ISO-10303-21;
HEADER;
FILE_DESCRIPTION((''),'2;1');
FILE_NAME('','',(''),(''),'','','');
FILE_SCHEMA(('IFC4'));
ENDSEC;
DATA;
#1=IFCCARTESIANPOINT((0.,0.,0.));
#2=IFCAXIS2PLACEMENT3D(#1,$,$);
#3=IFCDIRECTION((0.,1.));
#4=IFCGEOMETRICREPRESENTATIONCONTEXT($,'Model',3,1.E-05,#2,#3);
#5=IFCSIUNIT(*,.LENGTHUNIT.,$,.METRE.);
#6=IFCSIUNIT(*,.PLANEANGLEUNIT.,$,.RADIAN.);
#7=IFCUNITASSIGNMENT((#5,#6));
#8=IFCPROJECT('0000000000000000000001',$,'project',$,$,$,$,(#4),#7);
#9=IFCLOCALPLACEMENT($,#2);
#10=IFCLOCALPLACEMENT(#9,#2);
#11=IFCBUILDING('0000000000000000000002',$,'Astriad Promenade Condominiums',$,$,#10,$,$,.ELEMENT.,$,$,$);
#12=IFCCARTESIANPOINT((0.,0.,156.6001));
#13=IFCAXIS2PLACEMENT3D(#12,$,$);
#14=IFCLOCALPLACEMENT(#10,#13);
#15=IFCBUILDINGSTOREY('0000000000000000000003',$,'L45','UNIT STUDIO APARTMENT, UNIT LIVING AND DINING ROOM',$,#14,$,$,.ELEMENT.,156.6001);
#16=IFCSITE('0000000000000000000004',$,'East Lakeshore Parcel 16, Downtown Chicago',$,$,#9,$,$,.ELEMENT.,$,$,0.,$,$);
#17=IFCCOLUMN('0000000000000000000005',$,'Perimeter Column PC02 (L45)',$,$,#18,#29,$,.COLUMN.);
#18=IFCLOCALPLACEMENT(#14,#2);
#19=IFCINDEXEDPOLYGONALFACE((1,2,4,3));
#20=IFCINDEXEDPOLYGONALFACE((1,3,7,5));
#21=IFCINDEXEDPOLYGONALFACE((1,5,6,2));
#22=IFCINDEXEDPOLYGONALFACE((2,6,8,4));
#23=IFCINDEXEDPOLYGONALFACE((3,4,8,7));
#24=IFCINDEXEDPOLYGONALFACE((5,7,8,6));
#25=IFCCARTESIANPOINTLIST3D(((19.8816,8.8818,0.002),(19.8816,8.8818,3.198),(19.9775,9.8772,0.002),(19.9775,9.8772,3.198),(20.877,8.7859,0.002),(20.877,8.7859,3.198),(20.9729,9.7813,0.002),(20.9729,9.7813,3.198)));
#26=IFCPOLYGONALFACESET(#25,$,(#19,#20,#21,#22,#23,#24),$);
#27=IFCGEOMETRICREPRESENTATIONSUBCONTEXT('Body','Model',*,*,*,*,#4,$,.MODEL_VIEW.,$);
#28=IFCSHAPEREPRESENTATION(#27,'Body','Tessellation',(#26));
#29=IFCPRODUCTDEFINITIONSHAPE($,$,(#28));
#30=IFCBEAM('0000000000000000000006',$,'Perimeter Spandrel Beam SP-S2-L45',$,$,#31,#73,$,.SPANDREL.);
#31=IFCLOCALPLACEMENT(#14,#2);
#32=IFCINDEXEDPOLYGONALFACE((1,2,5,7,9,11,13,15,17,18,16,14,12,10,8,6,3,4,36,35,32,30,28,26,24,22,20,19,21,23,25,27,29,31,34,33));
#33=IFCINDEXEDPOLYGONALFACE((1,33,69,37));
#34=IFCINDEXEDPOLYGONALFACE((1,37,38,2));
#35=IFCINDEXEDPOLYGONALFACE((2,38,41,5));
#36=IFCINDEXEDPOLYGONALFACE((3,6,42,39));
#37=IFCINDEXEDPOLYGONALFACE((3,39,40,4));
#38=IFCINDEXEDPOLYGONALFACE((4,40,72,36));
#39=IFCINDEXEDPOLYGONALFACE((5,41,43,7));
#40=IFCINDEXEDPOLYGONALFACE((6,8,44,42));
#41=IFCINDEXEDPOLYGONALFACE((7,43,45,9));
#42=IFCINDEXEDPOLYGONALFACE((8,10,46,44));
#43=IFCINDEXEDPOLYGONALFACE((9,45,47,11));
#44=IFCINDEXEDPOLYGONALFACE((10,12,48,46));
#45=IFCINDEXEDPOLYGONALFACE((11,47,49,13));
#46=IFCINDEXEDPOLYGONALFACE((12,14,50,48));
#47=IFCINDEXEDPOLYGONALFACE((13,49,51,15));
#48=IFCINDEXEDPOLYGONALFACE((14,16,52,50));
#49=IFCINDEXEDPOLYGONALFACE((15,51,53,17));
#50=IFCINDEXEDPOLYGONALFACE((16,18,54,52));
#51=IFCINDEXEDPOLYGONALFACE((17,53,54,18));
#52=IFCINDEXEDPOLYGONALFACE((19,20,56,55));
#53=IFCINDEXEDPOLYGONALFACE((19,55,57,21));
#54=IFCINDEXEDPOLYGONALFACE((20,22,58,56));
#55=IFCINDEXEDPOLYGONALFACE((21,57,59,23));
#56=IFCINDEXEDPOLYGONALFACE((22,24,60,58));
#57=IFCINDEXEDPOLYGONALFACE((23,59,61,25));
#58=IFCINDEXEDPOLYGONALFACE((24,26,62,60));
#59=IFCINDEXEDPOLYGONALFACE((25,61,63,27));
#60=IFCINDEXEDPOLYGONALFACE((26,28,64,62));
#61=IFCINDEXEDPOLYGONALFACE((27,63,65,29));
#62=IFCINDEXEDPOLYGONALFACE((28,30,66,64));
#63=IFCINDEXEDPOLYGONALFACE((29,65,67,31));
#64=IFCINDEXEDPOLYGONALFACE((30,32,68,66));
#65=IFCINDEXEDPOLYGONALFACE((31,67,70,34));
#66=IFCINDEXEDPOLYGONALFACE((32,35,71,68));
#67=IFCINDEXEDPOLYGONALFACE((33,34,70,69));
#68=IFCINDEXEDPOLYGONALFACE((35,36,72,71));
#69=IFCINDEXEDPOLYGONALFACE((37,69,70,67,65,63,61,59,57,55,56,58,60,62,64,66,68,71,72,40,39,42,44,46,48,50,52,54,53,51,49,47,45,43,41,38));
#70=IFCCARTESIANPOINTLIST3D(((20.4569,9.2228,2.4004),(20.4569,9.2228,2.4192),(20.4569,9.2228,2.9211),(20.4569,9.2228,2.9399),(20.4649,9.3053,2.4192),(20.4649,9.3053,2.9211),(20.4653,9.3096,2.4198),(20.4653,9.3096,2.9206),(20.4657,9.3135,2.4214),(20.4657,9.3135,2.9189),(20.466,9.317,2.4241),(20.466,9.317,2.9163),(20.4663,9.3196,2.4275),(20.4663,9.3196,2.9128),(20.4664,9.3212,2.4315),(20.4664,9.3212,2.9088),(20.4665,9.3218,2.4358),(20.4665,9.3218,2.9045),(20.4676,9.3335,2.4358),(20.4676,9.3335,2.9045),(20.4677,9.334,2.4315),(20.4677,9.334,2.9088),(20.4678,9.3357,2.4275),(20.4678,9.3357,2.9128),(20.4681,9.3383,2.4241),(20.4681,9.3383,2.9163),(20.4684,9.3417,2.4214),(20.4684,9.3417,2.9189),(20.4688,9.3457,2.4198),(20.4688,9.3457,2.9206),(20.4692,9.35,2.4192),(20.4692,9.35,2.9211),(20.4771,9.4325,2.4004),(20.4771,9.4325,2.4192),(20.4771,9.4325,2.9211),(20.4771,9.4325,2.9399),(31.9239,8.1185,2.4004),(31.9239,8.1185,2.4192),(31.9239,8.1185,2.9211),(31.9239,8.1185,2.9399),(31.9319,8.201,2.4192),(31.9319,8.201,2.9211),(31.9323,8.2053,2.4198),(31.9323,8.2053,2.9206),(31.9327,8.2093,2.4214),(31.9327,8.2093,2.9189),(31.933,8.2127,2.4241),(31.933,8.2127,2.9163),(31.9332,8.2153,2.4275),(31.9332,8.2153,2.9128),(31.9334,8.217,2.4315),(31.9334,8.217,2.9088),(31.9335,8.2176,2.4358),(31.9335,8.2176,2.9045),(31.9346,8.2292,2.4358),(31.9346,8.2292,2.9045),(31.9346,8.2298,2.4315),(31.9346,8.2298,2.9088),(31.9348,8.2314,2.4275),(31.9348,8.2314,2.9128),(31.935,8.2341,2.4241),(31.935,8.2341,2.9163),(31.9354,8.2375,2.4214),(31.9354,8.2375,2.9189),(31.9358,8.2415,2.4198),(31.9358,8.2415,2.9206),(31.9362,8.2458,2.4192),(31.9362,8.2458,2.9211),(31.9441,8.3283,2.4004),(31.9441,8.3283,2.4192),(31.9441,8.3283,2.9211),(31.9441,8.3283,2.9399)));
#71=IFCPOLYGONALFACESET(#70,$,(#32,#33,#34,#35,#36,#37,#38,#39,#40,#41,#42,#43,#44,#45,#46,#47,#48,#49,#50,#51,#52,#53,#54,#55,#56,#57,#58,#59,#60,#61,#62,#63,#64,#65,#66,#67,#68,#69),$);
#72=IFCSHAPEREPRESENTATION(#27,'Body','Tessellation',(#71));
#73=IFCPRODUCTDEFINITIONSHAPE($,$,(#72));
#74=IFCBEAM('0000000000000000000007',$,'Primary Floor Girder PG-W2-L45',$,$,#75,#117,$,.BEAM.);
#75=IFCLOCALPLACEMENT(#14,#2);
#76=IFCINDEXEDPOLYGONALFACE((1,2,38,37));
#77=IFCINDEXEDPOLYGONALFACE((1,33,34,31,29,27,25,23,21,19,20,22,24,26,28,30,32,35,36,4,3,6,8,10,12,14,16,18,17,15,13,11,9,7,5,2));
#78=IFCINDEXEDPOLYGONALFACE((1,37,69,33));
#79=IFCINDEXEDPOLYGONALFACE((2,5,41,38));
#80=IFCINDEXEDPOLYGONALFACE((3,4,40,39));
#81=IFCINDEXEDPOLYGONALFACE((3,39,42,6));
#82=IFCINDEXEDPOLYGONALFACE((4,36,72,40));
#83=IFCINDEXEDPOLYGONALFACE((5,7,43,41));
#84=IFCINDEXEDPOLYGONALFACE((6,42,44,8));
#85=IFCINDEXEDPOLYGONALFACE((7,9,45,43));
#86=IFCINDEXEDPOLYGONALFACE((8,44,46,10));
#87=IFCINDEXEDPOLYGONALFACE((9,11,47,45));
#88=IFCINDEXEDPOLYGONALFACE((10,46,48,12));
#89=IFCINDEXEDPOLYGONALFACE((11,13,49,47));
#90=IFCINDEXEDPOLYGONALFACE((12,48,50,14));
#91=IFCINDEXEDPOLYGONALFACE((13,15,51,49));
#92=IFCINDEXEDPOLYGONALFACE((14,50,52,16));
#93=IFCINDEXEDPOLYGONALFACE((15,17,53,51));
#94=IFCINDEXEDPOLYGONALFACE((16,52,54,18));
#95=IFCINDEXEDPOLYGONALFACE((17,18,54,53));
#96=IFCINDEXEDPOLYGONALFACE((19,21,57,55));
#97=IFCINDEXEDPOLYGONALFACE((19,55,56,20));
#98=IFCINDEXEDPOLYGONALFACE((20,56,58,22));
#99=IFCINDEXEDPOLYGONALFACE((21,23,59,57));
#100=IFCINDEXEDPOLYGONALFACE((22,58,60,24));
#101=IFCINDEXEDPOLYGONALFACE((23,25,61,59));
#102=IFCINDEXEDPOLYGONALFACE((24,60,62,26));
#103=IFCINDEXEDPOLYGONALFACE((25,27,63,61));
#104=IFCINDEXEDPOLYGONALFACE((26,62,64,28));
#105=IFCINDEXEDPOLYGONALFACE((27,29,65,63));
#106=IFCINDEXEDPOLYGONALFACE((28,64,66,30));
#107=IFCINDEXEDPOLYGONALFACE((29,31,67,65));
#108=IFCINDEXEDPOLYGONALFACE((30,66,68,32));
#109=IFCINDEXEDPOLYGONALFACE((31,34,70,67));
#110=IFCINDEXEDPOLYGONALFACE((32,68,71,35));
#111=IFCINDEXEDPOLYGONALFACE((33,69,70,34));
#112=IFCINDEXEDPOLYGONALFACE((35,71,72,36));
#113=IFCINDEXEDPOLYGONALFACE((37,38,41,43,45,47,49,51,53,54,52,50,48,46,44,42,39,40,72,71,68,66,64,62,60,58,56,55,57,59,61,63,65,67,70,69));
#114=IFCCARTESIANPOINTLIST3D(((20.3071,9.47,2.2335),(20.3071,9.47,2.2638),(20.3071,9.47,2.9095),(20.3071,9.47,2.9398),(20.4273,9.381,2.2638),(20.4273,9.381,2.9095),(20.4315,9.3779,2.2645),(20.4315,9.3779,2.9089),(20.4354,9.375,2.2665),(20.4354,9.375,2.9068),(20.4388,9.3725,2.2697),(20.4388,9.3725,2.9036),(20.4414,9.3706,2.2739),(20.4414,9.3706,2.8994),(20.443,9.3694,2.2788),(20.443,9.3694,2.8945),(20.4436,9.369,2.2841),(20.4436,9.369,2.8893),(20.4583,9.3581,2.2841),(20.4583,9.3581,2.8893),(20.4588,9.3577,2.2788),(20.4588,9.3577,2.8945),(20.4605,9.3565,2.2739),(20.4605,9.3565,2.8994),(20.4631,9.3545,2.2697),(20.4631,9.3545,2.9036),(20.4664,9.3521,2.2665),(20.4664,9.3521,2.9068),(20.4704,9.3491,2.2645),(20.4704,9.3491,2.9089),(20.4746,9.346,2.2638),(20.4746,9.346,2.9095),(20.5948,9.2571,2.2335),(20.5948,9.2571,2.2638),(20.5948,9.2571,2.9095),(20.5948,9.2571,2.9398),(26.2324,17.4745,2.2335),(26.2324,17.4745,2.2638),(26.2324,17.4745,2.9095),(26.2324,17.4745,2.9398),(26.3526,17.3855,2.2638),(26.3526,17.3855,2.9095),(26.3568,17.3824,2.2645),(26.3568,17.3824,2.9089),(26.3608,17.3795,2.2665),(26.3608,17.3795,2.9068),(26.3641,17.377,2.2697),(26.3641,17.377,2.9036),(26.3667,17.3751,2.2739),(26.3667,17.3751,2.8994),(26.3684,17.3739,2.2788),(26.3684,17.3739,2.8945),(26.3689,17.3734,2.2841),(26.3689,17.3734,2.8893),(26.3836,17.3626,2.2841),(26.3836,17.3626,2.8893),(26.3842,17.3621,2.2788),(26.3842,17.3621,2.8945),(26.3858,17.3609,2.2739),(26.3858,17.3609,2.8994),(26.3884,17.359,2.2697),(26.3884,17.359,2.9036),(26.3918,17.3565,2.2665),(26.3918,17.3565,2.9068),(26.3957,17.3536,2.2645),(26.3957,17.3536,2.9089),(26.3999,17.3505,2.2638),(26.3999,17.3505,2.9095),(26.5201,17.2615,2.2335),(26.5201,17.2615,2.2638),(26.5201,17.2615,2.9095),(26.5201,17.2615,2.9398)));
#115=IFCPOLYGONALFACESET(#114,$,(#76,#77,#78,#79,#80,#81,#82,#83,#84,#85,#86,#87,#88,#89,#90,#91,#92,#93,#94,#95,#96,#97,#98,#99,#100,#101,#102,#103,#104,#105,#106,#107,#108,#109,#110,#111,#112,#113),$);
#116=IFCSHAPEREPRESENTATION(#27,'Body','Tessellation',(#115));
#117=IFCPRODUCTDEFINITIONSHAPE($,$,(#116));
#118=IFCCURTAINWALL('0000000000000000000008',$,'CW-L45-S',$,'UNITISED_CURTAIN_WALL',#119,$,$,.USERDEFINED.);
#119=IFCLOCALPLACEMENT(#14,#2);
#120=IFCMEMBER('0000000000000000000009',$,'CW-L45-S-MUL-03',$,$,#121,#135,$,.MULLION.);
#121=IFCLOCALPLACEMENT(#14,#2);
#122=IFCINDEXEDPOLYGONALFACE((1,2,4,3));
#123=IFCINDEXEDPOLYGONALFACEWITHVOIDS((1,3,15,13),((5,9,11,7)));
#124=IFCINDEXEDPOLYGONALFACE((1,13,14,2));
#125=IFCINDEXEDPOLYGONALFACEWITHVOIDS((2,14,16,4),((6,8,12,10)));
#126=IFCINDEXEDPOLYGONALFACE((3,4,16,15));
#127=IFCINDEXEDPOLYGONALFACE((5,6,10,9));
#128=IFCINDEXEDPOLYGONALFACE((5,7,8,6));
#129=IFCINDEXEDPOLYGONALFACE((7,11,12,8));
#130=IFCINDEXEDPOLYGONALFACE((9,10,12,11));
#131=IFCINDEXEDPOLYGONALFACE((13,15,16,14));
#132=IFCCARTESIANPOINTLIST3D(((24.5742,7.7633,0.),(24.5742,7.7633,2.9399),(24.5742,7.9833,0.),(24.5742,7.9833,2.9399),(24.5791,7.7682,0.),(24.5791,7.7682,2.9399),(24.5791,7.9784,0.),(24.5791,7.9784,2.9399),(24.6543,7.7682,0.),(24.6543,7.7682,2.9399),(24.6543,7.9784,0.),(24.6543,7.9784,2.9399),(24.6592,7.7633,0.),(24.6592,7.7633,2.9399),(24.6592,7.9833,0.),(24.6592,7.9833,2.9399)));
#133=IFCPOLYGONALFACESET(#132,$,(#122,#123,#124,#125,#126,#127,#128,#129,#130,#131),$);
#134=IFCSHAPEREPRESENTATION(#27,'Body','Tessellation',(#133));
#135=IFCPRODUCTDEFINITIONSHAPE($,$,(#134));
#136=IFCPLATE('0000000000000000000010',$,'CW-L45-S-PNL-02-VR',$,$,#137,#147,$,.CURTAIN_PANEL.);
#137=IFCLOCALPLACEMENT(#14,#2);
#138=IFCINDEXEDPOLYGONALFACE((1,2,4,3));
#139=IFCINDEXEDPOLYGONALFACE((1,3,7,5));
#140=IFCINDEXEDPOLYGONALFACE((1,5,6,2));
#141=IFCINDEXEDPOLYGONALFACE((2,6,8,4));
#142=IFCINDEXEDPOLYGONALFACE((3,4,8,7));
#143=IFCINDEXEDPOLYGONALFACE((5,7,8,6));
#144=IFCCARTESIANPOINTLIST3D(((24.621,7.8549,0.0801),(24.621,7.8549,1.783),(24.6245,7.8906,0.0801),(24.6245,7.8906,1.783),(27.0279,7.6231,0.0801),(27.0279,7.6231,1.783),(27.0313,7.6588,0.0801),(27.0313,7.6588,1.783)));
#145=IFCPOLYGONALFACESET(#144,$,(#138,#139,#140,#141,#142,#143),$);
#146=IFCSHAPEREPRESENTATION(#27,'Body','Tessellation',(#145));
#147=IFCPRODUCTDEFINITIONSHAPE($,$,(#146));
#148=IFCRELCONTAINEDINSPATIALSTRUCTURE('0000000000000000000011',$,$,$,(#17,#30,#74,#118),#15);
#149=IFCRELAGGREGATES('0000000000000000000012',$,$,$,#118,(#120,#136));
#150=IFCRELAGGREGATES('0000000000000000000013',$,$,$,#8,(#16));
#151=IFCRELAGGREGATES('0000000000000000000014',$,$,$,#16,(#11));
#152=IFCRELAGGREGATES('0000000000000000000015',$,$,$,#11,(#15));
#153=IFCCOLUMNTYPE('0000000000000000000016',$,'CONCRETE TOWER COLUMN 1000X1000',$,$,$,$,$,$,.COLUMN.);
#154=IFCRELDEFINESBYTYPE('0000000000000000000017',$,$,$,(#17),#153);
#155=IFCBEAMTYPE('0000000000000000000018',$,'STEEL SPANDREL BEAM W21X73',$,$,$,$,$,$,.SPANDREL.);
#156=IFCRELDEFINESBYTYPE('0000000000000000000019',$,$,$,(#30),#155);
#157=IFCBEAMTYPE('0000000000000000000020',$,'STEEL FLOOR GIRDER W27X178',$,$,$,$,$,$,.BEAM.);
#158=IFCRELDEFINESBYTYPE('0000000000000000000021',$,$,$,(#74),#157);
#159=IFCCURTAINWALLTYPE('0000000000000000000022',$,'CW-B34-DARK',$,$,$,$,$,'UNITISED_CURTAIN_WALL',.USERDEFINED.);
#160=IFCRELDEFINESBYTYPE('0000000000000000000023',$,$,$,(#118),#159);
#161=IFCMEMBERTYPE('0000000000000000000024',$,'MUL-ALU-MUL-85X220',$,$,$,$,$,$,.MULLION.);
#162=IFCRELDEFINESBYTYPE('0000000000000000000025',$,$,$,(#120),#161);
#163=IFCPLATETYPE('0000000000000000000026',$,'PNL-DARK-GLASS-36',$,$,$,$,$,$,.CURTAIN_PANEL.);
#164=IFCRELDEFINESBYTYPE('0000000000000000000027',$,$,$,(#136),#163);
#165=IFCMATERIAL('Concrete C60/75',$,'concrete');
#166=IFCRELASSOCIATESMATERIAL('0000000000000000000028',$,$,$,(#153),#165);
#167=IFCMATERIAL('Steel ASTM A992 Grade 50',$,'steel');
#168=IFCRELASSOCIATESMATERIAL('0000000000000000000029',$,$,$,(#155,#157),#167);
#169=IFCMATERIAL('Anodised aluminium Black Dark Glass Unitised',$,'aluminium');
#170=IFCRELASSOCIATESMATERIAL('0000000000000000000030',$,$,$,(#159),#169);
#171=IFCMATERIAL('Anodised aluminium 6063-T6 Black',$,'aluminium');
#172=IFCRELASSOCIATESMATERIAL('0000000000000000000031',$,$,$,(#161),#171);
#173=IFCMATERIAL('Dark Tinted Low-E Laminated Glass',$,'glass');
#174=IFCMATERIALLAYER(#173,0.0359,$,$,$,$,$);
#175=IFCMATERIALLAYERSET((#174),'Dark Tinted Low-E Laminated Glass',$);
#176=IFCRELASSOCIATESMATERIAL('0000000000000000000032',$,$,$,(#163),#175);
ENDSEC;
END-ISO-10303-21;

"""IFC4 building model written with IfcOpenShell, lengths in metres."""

from ifc_helpers import new_model, si_unit, direction, frame, origin, origin_2d, place, context, subcontext, project, spatial, rectangle, hollow_rectangle, i_section, extrude, source, transform, mapped, material, layer, layer_set, material_profile, profile_set, type_object, type_shapes, element, aggregate, save


model = new_model("IFC4")

# Units and contexts
model_context = context("Model", 3, precision=1e-05, world=origin(), true_north=direction((0.0, 1.0)))
body_context = subcontext(model_context, "Body", "Model", "MODEL_VIEW")
ifc_project = project(units=[si_unit("LENGTHUNIT", "METRE"), si_unit("PLANEANGLEUNIT", "RADIAN")], contexts=[model_context])

# Site, building, storey
site_placement = place(None, origin())
site = spatial("IfcSite", under=ifc_project, at=site_placement, Name="East Lakeshore Parcel 16, Downtown Chicago", CompositionType="ELEMENT", RefElevation=0.0)
building_placement = place(site_placement, origin())
building = spatial("IfcBuilding", under=site, at=building_placement, Name="Astriad Promenade Condominiums", CompositionType="ELEMENT")
storey_placement = place(building_placement, frame((0.0, 0.0, 156.6001)))
storey = spatial("IfcBuildingStorey", under=building, at=storey_placement, Name="L45", Description="UNIT STUDIO APARTMENT, UNIT LIVING AND DINING ROOM", CompositionType="ELEMENT", Elevation=156.6001)

# Column
ifc_material_1 = material(Name="Concrete C60/75", Category="concrete")
ifc_material_profile_1 = material_profile(ifc_material_1, rectangle(XDim=1.0, YDim=1.0, at=origin_2d()), Name="RC-COL-1000X1000")
ifc_profile_set_1 = profile_set([ifc_material_profile_1], Name="Concrete C60/75")
column_type = type_object("IfcColumnType", Name="CONCRETE TOWER COLUMN 1000X1000", PredefinedType="COLUMN", material=ifc_profile_set_1)
shared_shape_1 = source(origin(), body_context, "Body", "SweptSolid", [
    extrude(rectangle(XDim=1.0, YDim=1.0, at=origin_2d()), origin(), (0.0, 0.0, 1.0), 3.196),
])
type_shapes(column_type, [shared_shape_1])
column_placement = place(storey_placement, frame((20.4272, 9.3315, 0.002), z_axis=(0.0, 0.0, 1.0), x_axis=(0.995396, -0.095846, 0.0)))
element("IfcColumn", 1, at=column_placement, inside=storey, type_object=column_type, Name="Perimeter Column PC02 (L45)", PredefinedType="COLUMN", context=body_context, shape_type="MappedRepresentation", body=[
    mapped(shared_shape_1, transform((0.0, 0.0, 0.0), scale=1.0)),
])

# Beams
ifc_material_2 = material(Name="Steel ASTM A992 Grade 50", Category="steel")
ifc_material_profile_2 = material_profile(ifc_material_2, i_section(OverallWidth=0.2107, OverallDepth=0.5396, WebThickness=0.0117, FlangeThickness=0.0188, FilletRadius=0.0166, at=origin_2d()), Name="W21X73")
ifc_profile_set_2 = profile_set([ifc_material_profile_2], Name="Steel ASTM A992 Grade 50")
beam_type_1 = type_object("IfcBeamType", Name="STEEL SPANDREL BEAM W21X73", PredefinedType="SPANDREL", material=ifc_profile_set_2)
shared_shape_2 = source(origin(), body_context, "Body", "SweptSolid", [
    extrude(i_section(OverallWidth=0.2107, OverallDepth=0.5396, WebThickness=0.0117, FlangeThickness=0.0188, FilletRadius=0.0166, at=origin_2d()), origin(), (0.0, 0.0, 1.0), 11.52),
])
type_shapes(beam_type_1, [shared_shape_2])
beam_1_placement = place(storey_placement, frame((20.467, 9.3276, 2.6702), z_axis=(0.995395, -0.095854, 0.0), x_axis=(0.095854, 0.995395, 0.0)))
element("IfcBeam", 2, at=beam_1_placement, inside=storey, type_object=beam_type_1, Name="Perimeter Spandrel Beam SP-S2-L45", PredefinedType="SPANDREL", context=body_context, shape_type="MappedRepresentation", body=[
    mapped(shared_shape_2, transform((0.0, 0.0, 0.0), scale=1.0)),
])
ifc_material_profile_3 = material_profile(ifc_material_2, i_section(OverallWidth=0.3579, OverallDepth=0.7063, WebThickness=0.0183, FlangeThickness=0.0303, FilletRadius=0.0203, at=origin_2d()), Name="W27X178")
ifc_profile_set_3 = profile_set([ifc_material_profile_3], Name="Steel ASTM A992 Grade 50")
beam_type_2 = type_object("IfcBeamType", Name="STEEL FLOOR GIRDER W27X178", PredefinedType="BEAM", material=ifc_profile_set_3)
shared_shape_3 = source(origin(), body_context, "Body", "SweptSolid", [
    extrude(i_section(OverallWidth=0.3579, OverallDepth=0.7063, WebThickness=0.0183, FlangeThickness=0.0303, FilletRadius=0.0203, at=origin_2d()), origin(), (0.0, 0.0, 1.0), 9.959),
])
type_shapes(beam_type_2, [shared_shape_3])
beam_2_placement = place(storey_placement, frame((20.4509, 9.3635, 2.5867), z_axis=(0.594975, 0.803744, 0.0), x_axis=(-0.803744, 0.594975, 0.0)))
element("IfcBeam", 3, at=beam_2_placement, inside=storey, type_object=beam_type_2, Name="Primary Floor Girder PG-W2-L45", PredefinedType="BEAM", context=body_context, shape_type="MappedRepresentation", body=[
    mapped(shared_shape_3, transform((0.0, 0.0, 0.0), scale=1.0)),
])

# Curtain wall, member, plate
ifc_material_3 = material(Name="Anodised aluminium Black Dark Glass Unitised", Category="aluminium")
curtain_wall_type = type_object("IfcCurtainWallType", Name="CW-B34-DARK", ElementType="UNITISED_CURTAIN_WALL", PredefinedType="USERDEFINED", material=ifc_material_3)
curtain_wall_placement = place(storey_placement, origin())
curtain_wall = element("IfcCurtainWall", 4, at=curtain_wall_placement, inside=storey, type_object=curtain_wall_type, Name="CW-L45-S", ObjectType="UNITISED_CURTAIN_WALL", PredefinedType="USERDEFINED")
ifc_material_4 = material(Name="Anodised aluminium 6063-T6 Black", Category="aluminium")
ifc_material_profile_4 = material_profile(ifc_material_4, hollow_rectangle(XDim=0.085, YDim=0.22, WallThickness=0.0049, at=origin_2d()), Name="ALU-MUL-85X220")
ifc_profile_set_4 = profile_set([ifc_material_profile_4], Name="Anodised aluminium 6063-T6 Black")
member_type = type_object("IfcMemberType", Name="MUL-ALU-MUL-85X220", PredefinedType="MULLION", material=ifc_profile_set_4)
shared_shape_4 = source(origin(), body_context, "Body", "SweptSolid", [
    extrude(hollow_rectangle(XDim=0.085, YDim=0.22, WallThickness=0.0049, at=origin_2d()), origin(), (0.0, 0.0, 1.0), 2.9399),
])
type_shapes(member_type, [shared_shape_4])
member_placement = place(storey_placement, frame((24.6167, 7.8733, 0.0), z_axis=(0.0, 0.0, 1.0), x_axis=(1.0, 0.0, 0.0)))
member = element("IfcMember", 5, at=member_placement, type_object=member_type, Name="CW-L45-S-MUL-03", PredefinedType="MULLION", context=body_context, shape_type="MappedRepresentation", body=[
    mapped(shared_shape_4, transform((0.0, 0.0, 0.0), scale=1.0)),
])
ifc_material_5 = material(Name="Dark Tinted Low-E Laminated Glass", Category="glass")
ifc_layer_1 = layer(ifc_material_5, 0.0359)
ifc_layer_set_1 = layer_set([ifc_layer_1], Name="Dark Tinted Low-E Laminated Glass")
plate_type = type_object("IfcPlateType", Name="PNL-DARK-GLASS-36", PredefinedType="CURTAIN_PANEL", material=ifc_layer_set_1)
shared_shape_5 = source(origin(), body_context, "Body", "SweptSolid", [
    extrude(rectangle(XDim=2.418, YDim=0.0359, at=origin_2d()), origin(), (0.0, 0.0, 1.0), 1.7029),
])
type_shapes(plate_type, [shared_shape_5])
plate_placement = place(storey_placement, frame((25.8262, 7.7568, 0.0801), z_axis=(0.0, 0.0, 1.0), x_axis=(-0.995396, 0.095846, 0.0)))
plate = element("IfcPlate", 6, at=plate_placement, type_object=plate_type, Name="CW-L45-S-PNL-02-VR", PredefinedType="CURTAIN_PANEL", context=body_context, shape_type="MappedRepresentation", body=[
    mapped(shared_shape_5, transform((0.0, 0.0, 0.0), scale=1.0)),
])
aggregate(curtain_wall, [member, plate])

save(model, "model.ifc")
